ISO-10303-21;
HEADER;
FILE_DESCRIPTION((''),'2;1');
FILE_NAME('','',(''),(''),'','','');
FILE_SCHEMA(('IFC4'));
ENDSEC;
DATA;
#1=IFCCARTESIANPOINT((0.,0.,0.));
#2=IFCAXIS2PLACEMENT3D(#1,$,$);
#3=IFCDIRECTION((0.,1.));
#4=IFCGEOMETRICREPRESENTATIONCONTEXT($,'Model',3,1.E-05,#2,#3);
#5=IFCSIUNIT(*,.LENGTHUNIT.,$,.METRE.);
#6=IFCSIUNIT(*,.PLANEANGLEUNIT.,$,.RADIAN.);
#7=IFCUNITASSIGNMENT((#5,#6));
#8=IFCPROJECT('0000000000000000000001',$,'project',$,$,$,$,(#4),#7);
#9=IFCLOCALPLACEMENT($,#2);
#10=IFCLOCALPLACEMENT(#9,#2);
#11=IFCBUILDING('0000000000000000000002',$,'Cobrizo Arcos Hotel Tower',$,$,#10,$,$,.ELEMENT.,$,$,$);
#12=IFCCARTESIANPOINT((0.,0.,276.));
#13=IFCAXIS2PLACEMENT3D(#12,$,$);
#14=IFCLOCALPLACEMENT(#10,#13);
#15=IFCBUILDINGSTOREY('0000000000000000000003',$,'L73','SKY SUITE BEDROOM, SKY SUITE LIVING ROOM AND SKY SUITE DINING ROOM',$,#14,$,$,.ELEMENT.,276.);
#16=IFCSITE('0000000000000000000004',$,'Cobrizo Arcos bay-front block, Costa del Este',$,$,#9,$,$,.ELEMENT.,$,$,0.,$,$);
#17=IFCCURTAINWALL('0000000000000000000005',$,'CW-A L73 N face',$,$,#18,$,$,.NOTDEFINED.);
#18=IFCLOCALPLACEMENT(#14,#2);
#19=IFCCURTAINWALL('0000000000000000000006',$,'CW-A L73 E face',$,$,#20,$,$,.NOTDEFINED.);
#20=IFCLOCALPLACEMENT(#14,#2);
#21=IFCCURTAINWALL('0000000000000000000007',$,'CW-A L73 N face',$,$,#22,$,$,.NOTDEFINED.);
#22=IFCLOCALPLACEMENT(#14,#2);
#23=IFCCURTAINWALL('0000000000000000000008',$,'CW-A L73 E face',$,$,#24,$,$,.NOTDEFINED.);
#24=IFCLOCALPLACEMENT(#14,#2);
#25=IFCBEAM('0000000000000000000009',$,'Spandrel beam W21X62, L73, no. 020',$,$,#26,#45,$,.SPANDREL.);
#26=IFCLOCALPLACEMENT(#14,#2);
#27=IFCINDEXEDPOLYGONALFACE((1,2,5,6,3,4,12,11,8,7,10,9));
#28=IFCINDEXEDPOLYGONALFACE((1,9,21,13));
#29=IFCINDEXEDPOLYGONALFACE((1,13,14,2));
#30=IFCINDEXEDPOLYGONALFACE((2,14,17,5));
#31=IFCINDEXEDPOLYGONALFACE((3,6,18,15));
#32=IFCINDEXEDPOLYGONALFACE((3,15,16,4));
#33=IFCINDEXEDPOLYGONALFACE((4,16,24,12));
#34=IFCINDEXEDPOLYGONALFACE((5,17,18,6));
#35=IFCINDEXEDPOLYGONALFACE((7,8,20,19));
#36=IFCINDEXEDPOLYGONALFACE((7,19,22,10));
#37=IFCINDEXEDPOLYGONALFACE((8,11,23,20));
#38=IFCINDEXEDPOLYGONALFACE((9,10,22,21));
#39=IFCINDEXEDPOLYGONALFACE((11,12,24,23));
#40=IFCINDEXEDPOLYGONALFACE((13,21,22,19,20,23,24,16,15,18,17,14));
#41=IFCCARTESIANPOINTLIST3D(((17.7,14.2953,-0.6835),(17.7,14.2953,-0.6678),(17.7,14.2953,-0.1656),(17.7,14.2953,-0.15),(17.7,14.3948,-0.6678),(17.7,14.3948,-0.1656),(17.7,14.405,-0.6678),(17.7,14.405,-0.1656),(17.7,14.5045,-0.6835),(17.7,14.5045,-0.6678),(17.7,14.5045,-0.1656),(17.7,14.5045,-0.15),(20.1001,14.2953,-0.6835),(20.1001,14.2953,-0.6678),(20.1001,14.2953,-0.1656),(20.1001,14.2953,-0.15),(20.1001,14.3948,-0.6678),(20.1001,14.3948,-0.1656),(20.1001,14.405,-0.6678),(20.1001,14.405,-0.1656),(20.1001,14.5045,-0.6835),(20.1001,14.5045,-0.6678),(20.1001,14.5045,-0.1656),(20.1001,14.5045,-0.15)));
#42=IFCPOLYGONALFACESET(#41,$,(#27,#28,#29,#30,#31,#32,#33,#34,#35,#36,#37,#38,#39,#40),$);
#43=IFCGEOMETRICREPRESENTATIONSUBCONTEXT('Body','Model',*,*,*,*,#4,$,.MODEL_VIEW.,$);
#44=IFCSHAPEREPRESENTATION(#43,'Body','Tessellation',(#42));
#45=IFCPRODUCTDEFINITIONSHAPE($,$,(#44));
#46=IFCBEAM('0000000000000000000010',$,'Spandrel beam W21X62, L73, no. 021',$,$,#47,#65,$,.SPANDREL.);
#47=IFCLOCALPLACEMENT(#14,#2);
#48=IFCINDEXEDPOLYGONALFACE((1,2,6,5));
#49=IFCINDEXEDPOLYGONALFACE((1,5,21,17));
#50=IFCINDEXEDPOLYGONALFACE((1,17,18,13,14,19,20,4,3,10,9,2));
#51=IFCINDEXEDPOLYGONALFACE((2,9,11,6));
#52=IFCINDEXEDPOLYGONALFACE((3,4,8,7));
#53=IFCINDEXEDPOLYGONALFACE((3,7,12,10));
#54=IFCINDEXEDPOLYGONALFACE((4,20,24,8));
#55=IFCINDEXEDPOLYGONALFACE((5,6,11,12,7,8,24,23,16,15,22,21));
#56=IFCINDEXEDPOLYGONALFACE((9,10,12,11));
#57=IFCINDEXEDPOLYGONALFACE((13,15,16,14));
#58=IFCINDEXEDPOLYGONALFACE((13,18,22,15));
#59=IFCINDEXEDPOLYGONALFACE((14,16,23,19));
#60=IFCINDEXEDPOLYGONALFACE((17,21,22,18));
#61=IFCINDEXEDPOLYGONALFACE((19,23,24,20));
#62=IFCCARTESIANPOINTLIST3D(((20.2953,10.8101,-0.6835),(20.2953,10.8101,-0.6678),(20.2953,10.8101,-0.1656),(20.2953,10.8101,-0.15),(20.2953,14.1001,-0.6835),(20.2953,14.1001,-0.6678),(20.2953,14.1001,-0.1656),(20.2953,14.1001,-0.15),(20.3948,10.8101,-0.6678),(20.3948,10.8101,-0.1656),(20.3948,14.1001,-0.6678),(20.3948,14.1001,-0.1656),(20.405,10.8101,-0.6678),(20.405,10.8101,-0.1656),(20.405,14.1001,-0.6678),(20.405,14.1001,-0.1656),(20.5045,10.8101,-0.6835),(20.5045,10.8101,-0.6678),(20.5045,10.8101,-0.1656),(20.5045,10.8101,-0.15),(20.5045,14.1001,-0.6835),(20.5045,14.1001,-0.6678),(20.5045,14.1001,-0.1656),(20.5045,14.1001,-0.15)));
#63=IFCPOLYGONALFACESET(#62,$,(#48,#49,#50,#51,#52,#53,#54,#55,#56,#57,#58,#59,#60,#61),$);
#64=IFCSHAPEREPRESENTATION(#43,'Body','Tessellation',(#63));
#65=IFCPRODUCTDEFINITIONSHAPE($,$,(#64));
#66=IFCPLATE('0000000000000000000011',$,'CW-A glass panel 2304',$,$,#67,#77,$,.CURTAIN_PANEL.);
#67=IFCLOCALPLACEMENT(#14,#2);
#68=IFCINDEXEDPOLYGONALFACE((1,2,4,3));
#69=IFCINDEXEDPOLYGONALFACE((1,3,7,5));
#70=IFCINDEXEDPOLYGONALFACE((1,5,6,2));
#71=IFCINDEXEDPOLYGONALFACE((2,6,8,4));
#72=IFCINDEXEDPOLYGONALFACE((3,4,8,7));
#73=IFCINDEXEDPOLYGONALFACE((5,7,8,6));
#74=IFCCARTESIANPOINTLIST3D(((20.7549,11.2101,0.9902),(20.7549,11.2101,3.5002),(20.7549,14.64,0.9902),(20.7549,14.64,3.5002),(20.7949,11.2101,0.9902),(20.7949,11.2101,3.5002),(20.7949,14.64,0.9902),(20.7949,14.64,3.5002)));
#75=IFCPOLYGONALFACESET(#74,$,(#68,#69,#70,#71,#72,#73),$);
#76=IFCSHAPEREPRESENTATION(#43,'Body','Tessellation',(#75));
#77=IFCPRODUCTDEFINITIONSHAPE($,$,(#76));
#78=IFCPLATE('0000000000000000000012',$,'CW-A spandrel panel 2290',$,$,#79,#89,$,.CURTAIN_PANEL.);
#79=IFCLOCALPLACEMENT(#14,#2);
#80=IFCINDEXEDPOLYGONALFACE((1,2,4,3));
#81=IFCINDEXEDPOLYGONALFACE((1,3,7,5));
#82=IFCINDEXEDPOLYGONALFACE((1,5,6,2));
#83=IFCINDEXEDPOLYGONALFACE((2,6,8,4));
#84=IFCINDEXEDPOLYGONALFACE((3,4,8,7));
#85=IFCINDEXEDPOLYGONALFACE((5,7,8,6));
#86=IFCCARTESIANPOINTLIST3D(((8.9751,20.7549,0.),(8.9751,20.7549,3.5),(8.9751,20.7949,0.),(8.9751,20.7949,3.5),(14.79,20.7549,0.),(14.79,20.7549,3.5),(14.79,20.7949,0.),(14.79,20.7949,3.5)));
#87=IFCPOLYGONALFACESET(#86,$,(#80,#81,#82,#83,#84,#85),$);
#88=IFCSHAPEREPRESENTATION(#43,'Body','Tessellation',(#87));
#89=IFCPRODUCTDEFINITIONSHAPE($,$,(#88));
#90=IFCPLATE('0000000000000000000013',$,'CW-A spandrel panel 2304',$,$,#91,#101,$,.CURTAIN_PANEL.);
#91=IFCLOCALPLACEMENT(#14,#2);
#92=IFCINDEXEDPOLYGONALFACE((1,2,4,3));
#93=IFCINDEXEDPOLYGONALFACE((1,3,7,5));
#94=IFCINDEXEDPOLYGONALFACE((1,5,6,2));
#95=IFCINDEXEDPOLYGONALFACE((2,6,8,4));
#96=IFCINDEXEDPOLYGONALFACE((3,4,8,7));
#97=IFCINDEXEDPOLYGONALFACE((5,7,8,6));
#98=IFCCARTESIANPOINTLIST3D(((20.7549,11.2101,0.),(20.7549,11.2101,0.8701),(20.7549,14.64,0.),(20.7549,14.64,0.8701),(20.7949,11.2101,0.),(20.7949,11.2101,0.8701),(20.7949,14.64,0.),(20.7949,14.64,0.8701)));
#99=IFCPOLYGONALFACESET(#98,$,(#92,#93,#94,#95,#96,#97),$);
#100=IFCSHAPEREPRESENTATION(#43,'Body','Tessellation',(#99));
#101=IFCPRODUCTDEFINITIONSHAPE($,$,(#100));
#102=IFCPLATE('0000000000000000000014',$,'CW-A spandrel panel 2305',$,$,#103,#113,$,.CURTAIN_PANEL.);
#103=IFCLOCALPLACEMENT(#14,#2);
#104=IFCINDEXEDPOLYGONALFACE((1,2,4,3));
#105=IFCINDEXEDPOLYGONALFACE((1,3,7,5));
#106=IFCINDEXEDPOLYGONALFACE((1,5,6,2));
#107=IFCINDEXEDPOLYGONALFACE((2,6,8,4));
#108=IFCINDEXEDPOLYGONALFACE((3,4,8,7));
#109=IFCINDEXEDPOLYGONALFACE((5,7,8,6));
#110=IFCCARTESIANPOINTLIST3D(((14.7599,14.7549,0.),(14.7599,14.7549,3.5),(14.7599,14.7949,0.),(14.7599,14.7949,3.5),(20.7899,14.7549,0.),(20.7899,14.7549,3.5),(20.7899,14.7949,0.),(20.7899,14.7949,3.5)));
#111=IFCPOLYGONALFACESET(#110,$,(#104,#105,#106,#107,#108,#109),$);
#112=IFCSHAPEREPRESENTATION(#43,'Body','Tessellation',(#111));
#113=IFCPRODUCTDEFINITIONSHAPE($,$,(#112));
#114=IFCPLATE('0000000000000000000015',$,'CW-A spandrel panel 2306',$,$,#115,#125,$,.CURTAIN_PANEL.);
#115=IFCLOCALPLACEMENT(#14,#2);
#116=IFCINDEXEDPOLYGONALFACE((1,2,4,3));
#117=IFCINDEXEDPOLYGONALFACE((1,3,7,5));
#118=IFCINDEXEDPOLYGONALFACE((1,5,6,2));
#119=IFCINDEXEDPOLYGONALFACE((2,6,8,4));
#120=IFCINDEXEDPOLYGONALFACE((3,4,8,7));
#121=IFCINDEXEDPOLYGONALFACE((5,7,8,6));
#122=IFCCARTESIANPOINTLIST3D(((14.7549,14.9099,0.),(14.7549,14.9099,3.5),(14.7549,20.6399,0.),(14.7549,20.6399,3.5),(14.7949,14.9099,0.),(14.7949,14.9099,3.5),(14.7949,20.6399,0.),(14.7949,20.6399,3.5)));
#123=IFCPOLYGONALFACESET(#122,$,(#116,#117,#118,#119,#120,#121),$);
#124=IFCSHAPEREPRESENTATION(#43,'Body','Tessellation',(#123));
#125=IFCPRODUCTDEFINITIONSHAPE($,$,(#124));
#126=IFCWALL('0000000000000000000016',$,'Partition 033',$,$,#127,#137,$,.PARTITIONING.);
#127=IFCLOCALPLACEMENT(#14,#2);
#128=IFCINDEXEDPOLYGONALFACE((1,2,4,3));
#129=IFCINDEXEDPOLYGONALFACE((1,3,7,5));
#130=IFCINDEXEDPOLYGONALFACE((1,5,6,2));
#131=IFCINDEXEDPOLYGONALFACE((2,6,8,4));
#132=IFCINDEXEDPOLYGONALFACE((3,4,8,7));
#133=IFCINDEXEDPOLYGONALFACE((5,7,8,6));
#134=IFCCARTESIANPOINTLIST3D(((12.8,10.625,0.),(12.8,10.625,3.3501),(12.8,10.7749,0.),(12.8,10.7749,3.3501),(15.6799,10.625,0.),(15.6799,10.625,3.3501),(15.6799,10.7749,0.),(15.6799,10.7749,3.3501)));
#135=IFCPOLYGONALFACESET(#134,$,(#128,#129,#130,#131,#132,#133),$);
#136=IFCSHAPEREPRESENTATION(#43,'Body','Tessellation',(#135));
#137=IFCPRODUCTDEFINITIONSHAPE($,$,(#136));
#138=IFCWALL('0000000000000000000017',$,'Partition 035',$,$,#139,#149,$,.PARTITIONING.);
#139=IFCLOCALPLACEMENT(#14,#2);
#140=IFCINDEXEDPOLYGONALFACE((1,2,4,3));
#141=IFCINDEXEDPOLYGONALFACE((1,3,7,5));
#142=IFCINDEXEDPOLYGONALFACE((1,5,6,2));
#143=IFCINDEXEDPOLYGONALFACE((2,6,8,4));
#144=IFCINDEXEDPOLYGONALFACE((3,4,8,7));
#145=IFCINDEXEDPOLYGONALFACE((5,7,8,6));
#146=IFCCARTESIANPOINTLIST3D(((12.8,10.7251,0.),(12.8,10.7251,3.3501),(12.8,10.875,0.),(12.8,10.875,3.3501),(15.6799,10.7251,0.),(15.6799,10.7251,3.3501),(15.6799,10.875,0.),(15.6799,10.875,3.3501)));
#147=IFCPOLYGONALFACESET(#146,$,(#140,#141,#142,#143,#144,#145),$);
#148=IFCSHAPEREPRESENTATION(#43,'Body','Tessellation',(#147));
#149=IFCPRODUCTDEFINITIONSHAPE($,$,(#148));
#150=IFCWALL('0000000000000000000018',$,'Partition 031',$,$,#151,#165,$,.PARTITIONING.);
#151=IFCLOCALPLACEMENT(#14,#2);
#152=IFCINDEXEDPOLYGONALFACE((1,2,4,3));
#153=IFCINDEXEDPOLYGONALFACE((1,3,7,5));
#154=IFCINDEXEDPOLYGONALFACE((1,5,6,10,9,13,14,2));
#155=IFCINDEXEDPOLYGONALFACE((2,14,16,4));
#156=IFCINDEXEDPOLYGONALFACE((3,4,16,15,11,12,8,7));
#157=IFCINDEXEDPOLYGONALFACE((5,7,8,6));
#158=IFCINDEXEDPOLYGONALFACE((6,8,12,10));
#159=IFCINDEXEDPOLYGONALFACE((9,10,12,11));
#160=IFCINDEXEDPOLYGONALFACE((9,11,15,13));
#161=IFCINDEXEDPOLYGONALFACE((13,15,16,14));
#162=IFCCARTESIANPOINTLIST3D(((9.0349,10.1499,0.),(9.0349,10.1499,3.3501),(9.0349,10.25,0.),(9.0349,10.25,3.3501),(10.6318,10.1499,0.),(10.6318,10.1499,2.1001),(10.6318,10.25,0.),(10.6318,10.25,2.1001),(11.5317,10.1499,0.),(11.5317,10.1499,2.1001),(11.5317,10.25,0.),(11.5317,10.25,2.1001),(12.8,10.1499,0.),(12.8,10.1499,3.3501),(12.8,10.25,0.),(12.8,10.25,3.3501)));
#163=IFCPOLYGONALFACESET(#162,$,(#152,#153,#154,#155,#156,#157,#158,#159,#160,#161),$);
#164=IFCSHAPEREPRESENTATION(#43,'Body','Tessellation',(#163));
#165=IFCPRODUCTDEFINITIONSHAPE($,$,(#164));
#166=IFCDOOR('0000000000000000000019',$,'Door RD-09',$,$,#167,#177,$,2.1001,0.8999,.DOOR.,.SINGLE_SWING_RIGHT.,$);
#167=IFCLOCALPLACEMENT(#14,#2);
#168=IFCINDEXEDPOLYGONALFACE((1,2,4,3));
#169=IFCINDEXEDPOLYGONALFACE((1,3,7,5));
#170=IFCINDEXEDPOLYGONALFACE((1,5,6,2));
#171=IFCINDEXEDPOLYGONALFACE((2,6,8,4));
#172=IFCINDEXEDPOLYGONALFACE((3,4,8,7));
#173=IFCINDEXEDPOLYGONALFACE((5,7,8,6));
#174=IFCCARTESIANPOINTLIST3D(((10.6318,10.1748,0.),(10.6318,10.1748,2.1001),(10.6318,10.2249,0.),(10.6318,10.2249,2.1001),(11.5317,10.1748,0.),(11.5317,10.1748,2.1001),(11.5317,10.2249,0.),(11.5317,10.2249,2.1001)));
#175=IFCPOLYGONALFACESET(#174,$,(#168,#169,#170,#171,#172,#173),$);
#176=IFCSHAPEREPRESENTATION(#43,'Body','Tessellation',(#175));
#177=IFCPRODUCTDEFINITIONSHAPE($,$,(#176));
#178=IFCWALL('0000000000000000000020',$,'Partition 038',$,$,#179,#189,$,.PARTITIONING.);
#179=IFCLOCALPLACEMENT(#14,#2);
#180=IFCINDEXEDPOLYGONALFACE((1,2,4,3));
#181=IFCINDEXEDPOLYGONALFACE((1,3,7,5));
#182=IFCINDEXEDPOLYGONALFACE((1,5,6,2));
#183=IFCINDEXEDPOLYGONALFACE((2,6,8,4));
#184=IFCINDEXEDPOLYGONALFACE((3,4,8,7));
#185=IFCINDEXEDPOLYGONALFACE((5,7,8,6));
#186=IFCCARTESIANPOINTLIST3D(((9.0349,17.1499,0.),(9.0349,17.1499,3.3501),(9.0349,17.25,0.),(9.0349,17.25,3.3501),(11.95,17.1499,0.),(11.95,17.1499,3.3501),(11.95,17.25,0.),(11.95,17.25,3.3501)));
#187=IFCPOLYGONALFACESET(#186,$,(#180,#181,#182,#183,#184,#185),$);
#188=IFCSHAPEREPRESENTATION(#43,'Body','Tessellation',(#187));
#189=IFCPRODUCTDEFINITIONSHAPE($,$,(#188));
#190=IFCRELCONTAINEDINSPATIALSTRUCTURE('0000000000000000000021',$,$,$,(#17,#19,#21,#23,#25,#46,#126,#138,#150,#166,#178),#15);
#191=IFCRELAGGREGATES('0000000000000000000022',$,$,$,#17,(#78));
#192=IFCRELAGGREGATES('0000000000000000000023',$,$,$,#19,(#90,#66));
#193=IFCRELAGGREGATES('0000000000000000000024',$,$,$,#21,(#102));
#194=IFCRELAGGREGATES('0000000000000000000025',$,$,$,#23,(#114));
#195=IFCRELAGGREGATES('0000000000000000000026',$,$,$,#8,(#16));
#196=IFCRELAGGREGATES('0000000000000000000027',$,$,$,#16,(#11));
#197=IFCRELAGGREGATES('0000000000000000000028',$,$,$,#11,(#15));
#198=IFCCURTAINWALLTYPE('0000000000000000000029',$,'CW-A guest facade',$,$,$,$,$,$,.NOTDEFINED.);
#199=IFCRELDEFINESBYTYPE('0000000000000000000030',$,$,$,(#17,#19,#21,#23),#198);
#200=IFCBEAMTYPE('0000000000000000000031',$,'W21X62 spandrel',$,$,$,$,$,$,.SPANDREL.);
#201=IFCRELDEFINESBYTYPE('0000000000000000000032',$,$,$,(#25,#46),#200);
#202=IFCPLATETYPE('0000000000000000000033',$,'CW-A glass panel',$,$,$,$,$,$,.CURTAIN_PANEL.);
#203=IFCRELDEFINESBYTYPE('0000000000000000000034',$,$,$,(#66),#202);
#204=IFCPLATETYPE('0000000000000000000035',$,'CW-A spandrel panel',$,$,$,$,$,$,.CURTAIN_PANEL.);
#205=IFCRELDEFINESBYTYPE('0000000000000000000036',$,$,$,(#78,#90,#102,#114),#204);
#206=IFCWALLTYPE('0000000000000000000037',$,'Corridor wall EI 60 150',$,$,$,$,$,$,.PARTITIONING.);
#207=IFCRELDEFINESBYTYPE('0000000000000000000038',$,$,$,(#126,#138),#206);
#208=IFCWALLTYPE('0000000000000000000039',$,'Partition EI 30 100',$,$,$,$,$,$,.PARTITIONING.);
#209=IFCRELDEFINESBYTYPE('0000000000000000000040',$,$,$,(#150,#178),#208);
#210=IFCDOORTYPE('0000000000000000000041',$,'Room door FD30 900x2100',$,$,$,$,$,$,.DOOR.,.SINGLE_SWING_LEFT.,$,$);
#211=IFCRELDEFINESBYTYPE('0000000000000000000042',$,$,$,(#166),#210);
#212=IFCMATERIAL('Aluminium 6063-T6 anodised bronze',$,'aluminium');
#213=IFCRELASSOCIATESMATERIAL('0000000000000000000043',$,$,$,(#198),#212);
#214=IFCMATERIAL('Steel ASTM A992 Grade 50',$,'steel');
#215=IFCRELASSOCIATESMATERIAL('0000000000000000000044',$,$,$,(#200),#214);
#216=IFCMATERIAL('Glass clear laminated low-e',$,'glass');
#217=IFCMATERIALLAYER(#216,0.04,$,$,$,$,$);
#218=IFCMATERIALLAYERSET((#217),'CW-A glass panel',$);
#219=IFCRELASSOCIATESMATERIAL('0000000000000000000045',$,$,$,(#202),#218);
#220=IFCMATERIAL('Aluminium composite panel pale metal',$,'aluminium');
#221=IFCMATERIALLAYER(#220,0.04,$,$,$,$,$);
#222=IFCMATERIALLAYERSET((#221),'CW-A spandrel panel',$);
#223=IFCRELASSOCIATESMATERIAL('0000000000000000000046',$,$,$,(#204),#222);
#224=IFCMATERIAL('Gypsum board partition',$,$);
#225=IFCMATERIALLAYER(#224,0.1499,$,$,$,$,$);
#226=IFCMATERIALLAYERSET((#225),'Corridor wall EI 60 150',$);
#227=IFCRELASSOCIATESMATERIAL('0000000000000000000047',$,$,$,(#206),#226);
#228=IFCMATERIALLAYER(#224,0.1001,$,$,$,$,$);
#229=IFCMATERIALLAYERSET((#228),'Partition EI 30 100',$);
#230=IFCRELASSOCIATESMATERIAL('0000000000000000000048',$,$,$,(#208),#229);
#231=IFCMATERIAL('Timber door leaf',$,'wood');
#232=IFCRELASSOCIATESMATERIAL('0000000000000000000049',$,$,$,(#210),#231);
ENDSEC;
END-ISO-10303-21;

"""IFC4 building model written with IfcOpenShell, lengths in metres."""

from ifc_helpers import new_model, si_unit, direction, frame, frame_2d, origin, origin_2d, place, context, subcontext, project, spatial, rectangle, i_section, extrude, material, layer, layer_set, material_profile, profile_set, type_object, element, fill, aggregate, save


model = new_model("IFC4")

# Units and contexts
model_context = context("Model", 3, precision=1e-05, world=origin(), true_north=direction((0.0, 1.0)))
body_context = subcontext(model_context, "Body", "Model", "MODEL_VIEW")
ifc_project = project(units=[si_unit("LENGTHUNIT", "METRE"), si_unit("PLANEANGLEUNIT", "RADIAN")], contexts=[model_context])

# Site, building, storey
site_placement = place(None, origin())
site = spatial("IfcSite", under=ifc_project, at=site_placement, Name="Cobrizo Arcos bay-front block, Costa del Este", CompositionType="ELEMENT", RefElevation=0.0)
building_placement = place(site_placement, origin())
building = spatial("IfcBuilding", under=site, at=building_placement, Name="Cobrizo Arcos Hotel Tower", CompositionType="ELEMENT")
storey_placement = place(building_placement, frame((0.0, 0.0, 276.0)))
storey = spatial("IfcBuildingStorey", under=building, at=storey_placement, Name="L73", Description="SKY SUITE BEDROOM, SKY SUITE LIVING ROOM AND SKY SUITE DINING ROOM", CompositionType="ELEMENT", Elevation=276.0)

# Curtain wall
ifc_material_1 = material(Name="Aluminium 6063-T6 anodised bronze", Category="aluminium")
curtain_wall_type_1 = type_object("IfcCurtainWallType", Name="CW-A guest facade", PredefinedType="NOTDEFINED", material=ifc_material_1)
curtain_wall_1_placement = place(storey_placement, origin())
curtain_wall_1 = element("IfcCurtainWall", 1, at=curtain_wall_1_placement, inside=storey, type_object=curtain_wall_type_1, Name="CW-A L73 N face", PredefinedType="NOTDEFINED")

# Curtain walls
curtain_wall_2_placement = place(storey_placement, origin())
curtain_wall_2 = element("IfcCurtainWall", 2, at=curtain_wall_2_placement, inside=storey, type_object=curtain_wall_type_1, Name="CW-A L73 E face", PredefinedType="NOTDEFINED")
curtain_wall_3_placement = place(storey_placement, origin())
curtain_wall_3 = element("IfcCurtainWall", 3, at=curtain_wall_3_placement, inside=storey, type_object=curtain_wall_type_1, Name="CW-A L73 N face", PredefinedType="NOTDEFINED")
curtain_wall_4_placement = place(storey_placement, origin())
curtain_wall_4 = element("IfcCurtainWall", 4, at=curtain_wall_4_placement, inside=storey, type_object=curtain_wall_type_1, Name="CW-A L73 E face", PredefinedType="NOTDEFINED")

# Beams
ifc_material_2 = material(Name="Steel ASTM A992 Grade 50", Category="steel")
ifc_material_profile_1 = material_profile(ifc_material_2, i_section(OverallWidth=0.2092, OverallDepth=0.5334, WebThickness=0.0103, FlangeThickness=0.0156, at=origin_2d()), Name="W21X62")
ifc_profile_set_1 = profile_set([ifc_material_profile_1], Name="Steel ASTM A992 Grade 50")
beam_type_1 = type_object("IfcBeamType", Name="W21X62 spandrel", PredefinedType="SPANDREL", material=ifc_profile_set_1)
for number, where, z_axis, x_axis, name in (
    (5, (17.7, 14.3999, -0.4167), (1.0, 0.0, 0.0), (0.0, 1.0, 0.0), "Spandrel beam W21X62, L73, no. 020"),
):
    element("IfcBeam", number, at=place(storey_placement, frame(where, z_axis=z_axis, x_axis=x_axis)), inside=storey, type_object=beam_type_1, Name=name, PredefinedType="SPANDREL", context=body_context, shape_type="SweptSolid", body=[
        extrude(i_section(OverallWidth=0.2092, OverallDepth=0.5334, WebThickness=0.0103, FlangeThickness=0.0156, at=origin_2d()), origin(), (0.0, 0.0, 1.0), 2.4001),
    ])
beam_1_placement = place(storey_placement, frame((20.3999, 14.1001, -0.4167), z_axis=(0.0, -1.0, 0.0), x_axis=(1.0, 0.0, 0.0)))
element("IfcBeam", 6, at=beam_1_placement, inside=storey, type_object=beam_type_1, Name="Spandrel beam W21X62, L73, no. 021", PredefinedType="SPANDREL", context=body_context, shape_type="SweptSolid", body=[
    extrude(i_section(OverallWidth=0.2092, OverallDepth=0.5334, WebThickness=0.0103, FlangeThickness=0.0156, at=origin_2d()), origin(), (0.0, 0.0, 1.0), 3.29),
])

# Plates
ifc_material_3 = material(Name="Glass clear laminated low-e", Category="glass")
ifc_layer_1 = layer(ifc_material_3, 0.04)
ifc_layer_set_1 = layer_set([ifc_layer_1], Name="CW-A glass panel")
plate_type_1 = type_object("IfcPlateType", Name="CW-A glass panel", PredefinedType="CURTAIN_PANEL", material=ifc_layer_set_1)
plate_1_placement = place(storey_placement, frame((20.7749, 12.925, 0.9902), z_axis=(0.0, 0.0, 1.0), x_axis=(0.0, 1.0, 0.0)))
plate_1 = element("IfcPlate", 7, at=plate_1_placement, type_object=plate_type_1, Name="CW-A glass panel 2304", PredefinedType="CURTAIN_PANEL", context=body_context, shape_type="SweptSolid", body=[
    extrude(rectangle(XDim=3.4299, YDim=0.04, at=origin_2d()), origin(), (0.0, 0.0, 1.0), 2.51),
])
ifc_material_4 = material(Name="Aluminium composite panel pale metal", Category="aluminium")
ifc_layer_2 = layer(ifc_material_4, 0.04)
ifc_layer_set_2 = layer_set([ifc_layer_2], Name="CW-A spandrel panel")
plate_type_2 = type_object("IfcPlateType", Name="CW-A spandrel panel", PredefinedType="CURTAIN_PANEL", material=ifc_layer_set_2)
plate_2_placement = place(storey_placement, frame((11.8826, 20.7749, 0.0), z_axis=(0.0, 0.0, 1.0), x_axis=(-1.0, 0.0, 0.0)))
plate_2 = element("IfcPlate", 8, at=plate_2_placement, type_object=plate_type_2, Name="CW-A spandrel panel 2290", PredefinedType="CURTAIN_PANEL", context=body_context, shape_type="SweptSolid", body=[
    extrude(rectangle(XDim=5.8149, YDim=0.04, at=origin_2d()), origin(), (0.0, 0.0, 1.0), 3.5),
])
aggregate(curtain_wall_1, [plate_2])
plate_3_placement = place(storey_placement, frame((20.7749, 12.925, 0.0), z_axis=(0.0, 0.0, 1.0), x_axis=(0.0, 1.0, 0.0)))
plate_3 = element("IfcPlate", 9, at=plate_3_placement, type_object=plate_type_2, Name="CW-A spandrel panel 2304", PredefinedType="CURTAIN_PANEL", context=body_context, shape_type="SweptSolid", body=[
    extrude(rectangle(XDim=3.4299, YDim=0.04, at=origin_2d()), origin(), (0.0, 0.0, 1.0), 0.8701),
])
aggregate(curtain_wall_2, [plate_3, plate_1])
plate_4_placement = place(storey_placement, frame((17.7749, 14.7749, 0.0), z_axis=(0.0, 0.0, 1.0), x_axis=(-1.0, 0.0, 0.0)))
plate_4 = element("IfcPlate", 10, at=plate_4_placement, type_object=plate_type_2, Name="CW-A spandrel panel 2305", PredefinedType="CURTAIN_PANEL", context=body_context, shape_type="SweptSolid", body=[
    extrude(rectangle(XDim=6.03, YDim=0.04, at=origin_2d()), origin(), (0.0, 0.0, 1.0), 3.5),
])
aggregate(curtain_wall_3, [plate_4])
plate_5_placement = place(storey_placement, frame((14.7749, 17.7749, 0.0), z_axis=(0.0, 0.0, 1.0), x_axis=(0.0, 1.0, 0.0)))
plate_5 = element("IfcPlate", 11, at=plate_5_placement, type_object=plate_type_2, Name="CW-A spandrel panel 2306", PredefinedType="CURTAIN_PANEL", context=body_context, shape_type="SweptSolid", body=[
    extrude(rectangle(XDim=5.73, YDim=0.04, at=origin_2d()), origin(), (0.0, 0.0, 1.0), 3.5),
])
aggregate(curtain_wall_4, [plate_5])

# Walls
ifc_material_5 = material(Name="Gypsum board partition")
ifc_layer_3 = layer(ifc_material_5, 0.1499)
ifc_layer_set_3 = layer_set([ifc_layer_3], Name="Corridor wall EI 60 150")
wall_type_1 = type_object("IfcWallType", Name="Corridor wall EI 60 150", PredefinedType="PARTITIONING", material=ifc_layer_set_3)
for number, where, z_axis, x_axis, name in (
    (12, (12.8, 10.7, 0.0), (0.0, 0.0, 1.0), (1.0, 0.0, 0.0), "Partition 033"),
    (13, (12.8, 10.8, 0.0), (0.0, 0.0, 1.0), (1.0, 0.0, 0.0), "Partition 035"),
):
    element("IfcWall", number, at=place(storey_placement, frame(where, z_axis=z_axis, x_axis=x_axis)), inside=storey, type_object=wall_type_1, Name=name, PredefinedType="PARTITIONING", context=body_context, shape_type="SweptSolid", body=[
        extrude(rectangle(XDim=2.8799, YDim=0.1499, at=frame_2d((1.4399, 0.0))), origin(), (0.0, 0.0, 1.0), 3.3501),
    ])

# Wall, opening, door
ifc_layer_4 = layer(ifc_material_5, 0.1001)
ifc_layer_set_4 = layer_set([ifc_layer_4], Name="Partition EI 30 100")
wall_type_2 = type_object("IfcWallType", Name="Partition EI 30 100", PredefinedType="PARTITIONING", material=ifc_layer_set_4)
wall_1_placement = place(storey_placement, frame((9.0349, 10.2, 0.0), z_axis=(0.0, 0.0, 1.0), x_axis=(1.0, 0.0, 0.0)))
wall_1 = element("IfcWall", 14, at=wall_1_placement, inside=storey, type_object=wall_type_2, Name="Partition 031", PredefinedType="PARTITIONING", context=body_context, shape_type="SweptSolid", body=[
    extrude(rectangle(XDim=3.7651, YDim=0.1001, at=frame_2d((1.8826, 0.0))), origin(), (0.0, 0.0, 1.0), 3.3501),
])
opening_1_placement = place(wall_1_placement, frame((1.5969, 0.0, 0.0)))
opening_1 = element("IfcOpeningElement", 15, at=opening_1_placement, cuts=wall_1, PredefinedType="OPENING", context=body_context, shape_type="SweptSolid", body=[
    extrude(rectangle(XDim=0.8999, YDim=2.1001, at=frame_2d((0.45, 1.05))), frame((0.0, 0.062, 0.0), z_axis=(0.0, -1.0, 0.0), x_axis=(1.0, 0.0, 0.0)), (0.0, 0.0, 1.0), 0.124),
])
ifc_material_6 = material(Name="Timber door leaf", Category="wood")
door_type_1 = type_object("IfcDoorType", Name="Room door FD30 900x2100", OperationType="SINGLE_SWING_LEFT", PredefinedType="DOOR", material=ifc_material_6)
door_1_placement = place(opening_1_placement, origin())
door_1 = element("IfcDoor", 16, at=door_1_placement, inside=storey, type_object=door_type_1, Name="Door RD-09", OperationType="SINGLE_SWING_RIGHT", OverallHeight=2.1001, OverallWidth=0.8999, PredefinedType="DOOR", context=body_context, shape_type="SweptSolid", body=[
    extrude(rectangle(XDim=0.8999, YDim=2.1001, at=frame_2d((0.45, 1.05))), frame((0.0, 0.0249, 0.0), z_axis=(0.0, -1.0, 0.0), x_axis=(1.0, 0.0, 0.0)), (0.0, 0.0, 1.0), 0.05),
])
fill(opening_1, door_1)

# Wall
wall_2_placement = place(storey_placement, frame((9.0349, 17.2, 0.0), z_axis=(0.0, 0.0, 1.0), x_axis=(1.0, 0.0, 0.0)))
element("IfcWall", 17, at=wall_2_placement, inside=storey, type_object=wall_type_2, Name="Partition 038", PredefinedType="PARTITIONING", context=body_context, shape_type="SweptSolid", body=[
    extrude(rectangle(XDim=2.915, YDim=0.1001, at=frame_2d((1.4575, 0.0))), origin(), (0.0, 0.0, 1.0), 3.3501),
])

save(model, "model.ifc")
